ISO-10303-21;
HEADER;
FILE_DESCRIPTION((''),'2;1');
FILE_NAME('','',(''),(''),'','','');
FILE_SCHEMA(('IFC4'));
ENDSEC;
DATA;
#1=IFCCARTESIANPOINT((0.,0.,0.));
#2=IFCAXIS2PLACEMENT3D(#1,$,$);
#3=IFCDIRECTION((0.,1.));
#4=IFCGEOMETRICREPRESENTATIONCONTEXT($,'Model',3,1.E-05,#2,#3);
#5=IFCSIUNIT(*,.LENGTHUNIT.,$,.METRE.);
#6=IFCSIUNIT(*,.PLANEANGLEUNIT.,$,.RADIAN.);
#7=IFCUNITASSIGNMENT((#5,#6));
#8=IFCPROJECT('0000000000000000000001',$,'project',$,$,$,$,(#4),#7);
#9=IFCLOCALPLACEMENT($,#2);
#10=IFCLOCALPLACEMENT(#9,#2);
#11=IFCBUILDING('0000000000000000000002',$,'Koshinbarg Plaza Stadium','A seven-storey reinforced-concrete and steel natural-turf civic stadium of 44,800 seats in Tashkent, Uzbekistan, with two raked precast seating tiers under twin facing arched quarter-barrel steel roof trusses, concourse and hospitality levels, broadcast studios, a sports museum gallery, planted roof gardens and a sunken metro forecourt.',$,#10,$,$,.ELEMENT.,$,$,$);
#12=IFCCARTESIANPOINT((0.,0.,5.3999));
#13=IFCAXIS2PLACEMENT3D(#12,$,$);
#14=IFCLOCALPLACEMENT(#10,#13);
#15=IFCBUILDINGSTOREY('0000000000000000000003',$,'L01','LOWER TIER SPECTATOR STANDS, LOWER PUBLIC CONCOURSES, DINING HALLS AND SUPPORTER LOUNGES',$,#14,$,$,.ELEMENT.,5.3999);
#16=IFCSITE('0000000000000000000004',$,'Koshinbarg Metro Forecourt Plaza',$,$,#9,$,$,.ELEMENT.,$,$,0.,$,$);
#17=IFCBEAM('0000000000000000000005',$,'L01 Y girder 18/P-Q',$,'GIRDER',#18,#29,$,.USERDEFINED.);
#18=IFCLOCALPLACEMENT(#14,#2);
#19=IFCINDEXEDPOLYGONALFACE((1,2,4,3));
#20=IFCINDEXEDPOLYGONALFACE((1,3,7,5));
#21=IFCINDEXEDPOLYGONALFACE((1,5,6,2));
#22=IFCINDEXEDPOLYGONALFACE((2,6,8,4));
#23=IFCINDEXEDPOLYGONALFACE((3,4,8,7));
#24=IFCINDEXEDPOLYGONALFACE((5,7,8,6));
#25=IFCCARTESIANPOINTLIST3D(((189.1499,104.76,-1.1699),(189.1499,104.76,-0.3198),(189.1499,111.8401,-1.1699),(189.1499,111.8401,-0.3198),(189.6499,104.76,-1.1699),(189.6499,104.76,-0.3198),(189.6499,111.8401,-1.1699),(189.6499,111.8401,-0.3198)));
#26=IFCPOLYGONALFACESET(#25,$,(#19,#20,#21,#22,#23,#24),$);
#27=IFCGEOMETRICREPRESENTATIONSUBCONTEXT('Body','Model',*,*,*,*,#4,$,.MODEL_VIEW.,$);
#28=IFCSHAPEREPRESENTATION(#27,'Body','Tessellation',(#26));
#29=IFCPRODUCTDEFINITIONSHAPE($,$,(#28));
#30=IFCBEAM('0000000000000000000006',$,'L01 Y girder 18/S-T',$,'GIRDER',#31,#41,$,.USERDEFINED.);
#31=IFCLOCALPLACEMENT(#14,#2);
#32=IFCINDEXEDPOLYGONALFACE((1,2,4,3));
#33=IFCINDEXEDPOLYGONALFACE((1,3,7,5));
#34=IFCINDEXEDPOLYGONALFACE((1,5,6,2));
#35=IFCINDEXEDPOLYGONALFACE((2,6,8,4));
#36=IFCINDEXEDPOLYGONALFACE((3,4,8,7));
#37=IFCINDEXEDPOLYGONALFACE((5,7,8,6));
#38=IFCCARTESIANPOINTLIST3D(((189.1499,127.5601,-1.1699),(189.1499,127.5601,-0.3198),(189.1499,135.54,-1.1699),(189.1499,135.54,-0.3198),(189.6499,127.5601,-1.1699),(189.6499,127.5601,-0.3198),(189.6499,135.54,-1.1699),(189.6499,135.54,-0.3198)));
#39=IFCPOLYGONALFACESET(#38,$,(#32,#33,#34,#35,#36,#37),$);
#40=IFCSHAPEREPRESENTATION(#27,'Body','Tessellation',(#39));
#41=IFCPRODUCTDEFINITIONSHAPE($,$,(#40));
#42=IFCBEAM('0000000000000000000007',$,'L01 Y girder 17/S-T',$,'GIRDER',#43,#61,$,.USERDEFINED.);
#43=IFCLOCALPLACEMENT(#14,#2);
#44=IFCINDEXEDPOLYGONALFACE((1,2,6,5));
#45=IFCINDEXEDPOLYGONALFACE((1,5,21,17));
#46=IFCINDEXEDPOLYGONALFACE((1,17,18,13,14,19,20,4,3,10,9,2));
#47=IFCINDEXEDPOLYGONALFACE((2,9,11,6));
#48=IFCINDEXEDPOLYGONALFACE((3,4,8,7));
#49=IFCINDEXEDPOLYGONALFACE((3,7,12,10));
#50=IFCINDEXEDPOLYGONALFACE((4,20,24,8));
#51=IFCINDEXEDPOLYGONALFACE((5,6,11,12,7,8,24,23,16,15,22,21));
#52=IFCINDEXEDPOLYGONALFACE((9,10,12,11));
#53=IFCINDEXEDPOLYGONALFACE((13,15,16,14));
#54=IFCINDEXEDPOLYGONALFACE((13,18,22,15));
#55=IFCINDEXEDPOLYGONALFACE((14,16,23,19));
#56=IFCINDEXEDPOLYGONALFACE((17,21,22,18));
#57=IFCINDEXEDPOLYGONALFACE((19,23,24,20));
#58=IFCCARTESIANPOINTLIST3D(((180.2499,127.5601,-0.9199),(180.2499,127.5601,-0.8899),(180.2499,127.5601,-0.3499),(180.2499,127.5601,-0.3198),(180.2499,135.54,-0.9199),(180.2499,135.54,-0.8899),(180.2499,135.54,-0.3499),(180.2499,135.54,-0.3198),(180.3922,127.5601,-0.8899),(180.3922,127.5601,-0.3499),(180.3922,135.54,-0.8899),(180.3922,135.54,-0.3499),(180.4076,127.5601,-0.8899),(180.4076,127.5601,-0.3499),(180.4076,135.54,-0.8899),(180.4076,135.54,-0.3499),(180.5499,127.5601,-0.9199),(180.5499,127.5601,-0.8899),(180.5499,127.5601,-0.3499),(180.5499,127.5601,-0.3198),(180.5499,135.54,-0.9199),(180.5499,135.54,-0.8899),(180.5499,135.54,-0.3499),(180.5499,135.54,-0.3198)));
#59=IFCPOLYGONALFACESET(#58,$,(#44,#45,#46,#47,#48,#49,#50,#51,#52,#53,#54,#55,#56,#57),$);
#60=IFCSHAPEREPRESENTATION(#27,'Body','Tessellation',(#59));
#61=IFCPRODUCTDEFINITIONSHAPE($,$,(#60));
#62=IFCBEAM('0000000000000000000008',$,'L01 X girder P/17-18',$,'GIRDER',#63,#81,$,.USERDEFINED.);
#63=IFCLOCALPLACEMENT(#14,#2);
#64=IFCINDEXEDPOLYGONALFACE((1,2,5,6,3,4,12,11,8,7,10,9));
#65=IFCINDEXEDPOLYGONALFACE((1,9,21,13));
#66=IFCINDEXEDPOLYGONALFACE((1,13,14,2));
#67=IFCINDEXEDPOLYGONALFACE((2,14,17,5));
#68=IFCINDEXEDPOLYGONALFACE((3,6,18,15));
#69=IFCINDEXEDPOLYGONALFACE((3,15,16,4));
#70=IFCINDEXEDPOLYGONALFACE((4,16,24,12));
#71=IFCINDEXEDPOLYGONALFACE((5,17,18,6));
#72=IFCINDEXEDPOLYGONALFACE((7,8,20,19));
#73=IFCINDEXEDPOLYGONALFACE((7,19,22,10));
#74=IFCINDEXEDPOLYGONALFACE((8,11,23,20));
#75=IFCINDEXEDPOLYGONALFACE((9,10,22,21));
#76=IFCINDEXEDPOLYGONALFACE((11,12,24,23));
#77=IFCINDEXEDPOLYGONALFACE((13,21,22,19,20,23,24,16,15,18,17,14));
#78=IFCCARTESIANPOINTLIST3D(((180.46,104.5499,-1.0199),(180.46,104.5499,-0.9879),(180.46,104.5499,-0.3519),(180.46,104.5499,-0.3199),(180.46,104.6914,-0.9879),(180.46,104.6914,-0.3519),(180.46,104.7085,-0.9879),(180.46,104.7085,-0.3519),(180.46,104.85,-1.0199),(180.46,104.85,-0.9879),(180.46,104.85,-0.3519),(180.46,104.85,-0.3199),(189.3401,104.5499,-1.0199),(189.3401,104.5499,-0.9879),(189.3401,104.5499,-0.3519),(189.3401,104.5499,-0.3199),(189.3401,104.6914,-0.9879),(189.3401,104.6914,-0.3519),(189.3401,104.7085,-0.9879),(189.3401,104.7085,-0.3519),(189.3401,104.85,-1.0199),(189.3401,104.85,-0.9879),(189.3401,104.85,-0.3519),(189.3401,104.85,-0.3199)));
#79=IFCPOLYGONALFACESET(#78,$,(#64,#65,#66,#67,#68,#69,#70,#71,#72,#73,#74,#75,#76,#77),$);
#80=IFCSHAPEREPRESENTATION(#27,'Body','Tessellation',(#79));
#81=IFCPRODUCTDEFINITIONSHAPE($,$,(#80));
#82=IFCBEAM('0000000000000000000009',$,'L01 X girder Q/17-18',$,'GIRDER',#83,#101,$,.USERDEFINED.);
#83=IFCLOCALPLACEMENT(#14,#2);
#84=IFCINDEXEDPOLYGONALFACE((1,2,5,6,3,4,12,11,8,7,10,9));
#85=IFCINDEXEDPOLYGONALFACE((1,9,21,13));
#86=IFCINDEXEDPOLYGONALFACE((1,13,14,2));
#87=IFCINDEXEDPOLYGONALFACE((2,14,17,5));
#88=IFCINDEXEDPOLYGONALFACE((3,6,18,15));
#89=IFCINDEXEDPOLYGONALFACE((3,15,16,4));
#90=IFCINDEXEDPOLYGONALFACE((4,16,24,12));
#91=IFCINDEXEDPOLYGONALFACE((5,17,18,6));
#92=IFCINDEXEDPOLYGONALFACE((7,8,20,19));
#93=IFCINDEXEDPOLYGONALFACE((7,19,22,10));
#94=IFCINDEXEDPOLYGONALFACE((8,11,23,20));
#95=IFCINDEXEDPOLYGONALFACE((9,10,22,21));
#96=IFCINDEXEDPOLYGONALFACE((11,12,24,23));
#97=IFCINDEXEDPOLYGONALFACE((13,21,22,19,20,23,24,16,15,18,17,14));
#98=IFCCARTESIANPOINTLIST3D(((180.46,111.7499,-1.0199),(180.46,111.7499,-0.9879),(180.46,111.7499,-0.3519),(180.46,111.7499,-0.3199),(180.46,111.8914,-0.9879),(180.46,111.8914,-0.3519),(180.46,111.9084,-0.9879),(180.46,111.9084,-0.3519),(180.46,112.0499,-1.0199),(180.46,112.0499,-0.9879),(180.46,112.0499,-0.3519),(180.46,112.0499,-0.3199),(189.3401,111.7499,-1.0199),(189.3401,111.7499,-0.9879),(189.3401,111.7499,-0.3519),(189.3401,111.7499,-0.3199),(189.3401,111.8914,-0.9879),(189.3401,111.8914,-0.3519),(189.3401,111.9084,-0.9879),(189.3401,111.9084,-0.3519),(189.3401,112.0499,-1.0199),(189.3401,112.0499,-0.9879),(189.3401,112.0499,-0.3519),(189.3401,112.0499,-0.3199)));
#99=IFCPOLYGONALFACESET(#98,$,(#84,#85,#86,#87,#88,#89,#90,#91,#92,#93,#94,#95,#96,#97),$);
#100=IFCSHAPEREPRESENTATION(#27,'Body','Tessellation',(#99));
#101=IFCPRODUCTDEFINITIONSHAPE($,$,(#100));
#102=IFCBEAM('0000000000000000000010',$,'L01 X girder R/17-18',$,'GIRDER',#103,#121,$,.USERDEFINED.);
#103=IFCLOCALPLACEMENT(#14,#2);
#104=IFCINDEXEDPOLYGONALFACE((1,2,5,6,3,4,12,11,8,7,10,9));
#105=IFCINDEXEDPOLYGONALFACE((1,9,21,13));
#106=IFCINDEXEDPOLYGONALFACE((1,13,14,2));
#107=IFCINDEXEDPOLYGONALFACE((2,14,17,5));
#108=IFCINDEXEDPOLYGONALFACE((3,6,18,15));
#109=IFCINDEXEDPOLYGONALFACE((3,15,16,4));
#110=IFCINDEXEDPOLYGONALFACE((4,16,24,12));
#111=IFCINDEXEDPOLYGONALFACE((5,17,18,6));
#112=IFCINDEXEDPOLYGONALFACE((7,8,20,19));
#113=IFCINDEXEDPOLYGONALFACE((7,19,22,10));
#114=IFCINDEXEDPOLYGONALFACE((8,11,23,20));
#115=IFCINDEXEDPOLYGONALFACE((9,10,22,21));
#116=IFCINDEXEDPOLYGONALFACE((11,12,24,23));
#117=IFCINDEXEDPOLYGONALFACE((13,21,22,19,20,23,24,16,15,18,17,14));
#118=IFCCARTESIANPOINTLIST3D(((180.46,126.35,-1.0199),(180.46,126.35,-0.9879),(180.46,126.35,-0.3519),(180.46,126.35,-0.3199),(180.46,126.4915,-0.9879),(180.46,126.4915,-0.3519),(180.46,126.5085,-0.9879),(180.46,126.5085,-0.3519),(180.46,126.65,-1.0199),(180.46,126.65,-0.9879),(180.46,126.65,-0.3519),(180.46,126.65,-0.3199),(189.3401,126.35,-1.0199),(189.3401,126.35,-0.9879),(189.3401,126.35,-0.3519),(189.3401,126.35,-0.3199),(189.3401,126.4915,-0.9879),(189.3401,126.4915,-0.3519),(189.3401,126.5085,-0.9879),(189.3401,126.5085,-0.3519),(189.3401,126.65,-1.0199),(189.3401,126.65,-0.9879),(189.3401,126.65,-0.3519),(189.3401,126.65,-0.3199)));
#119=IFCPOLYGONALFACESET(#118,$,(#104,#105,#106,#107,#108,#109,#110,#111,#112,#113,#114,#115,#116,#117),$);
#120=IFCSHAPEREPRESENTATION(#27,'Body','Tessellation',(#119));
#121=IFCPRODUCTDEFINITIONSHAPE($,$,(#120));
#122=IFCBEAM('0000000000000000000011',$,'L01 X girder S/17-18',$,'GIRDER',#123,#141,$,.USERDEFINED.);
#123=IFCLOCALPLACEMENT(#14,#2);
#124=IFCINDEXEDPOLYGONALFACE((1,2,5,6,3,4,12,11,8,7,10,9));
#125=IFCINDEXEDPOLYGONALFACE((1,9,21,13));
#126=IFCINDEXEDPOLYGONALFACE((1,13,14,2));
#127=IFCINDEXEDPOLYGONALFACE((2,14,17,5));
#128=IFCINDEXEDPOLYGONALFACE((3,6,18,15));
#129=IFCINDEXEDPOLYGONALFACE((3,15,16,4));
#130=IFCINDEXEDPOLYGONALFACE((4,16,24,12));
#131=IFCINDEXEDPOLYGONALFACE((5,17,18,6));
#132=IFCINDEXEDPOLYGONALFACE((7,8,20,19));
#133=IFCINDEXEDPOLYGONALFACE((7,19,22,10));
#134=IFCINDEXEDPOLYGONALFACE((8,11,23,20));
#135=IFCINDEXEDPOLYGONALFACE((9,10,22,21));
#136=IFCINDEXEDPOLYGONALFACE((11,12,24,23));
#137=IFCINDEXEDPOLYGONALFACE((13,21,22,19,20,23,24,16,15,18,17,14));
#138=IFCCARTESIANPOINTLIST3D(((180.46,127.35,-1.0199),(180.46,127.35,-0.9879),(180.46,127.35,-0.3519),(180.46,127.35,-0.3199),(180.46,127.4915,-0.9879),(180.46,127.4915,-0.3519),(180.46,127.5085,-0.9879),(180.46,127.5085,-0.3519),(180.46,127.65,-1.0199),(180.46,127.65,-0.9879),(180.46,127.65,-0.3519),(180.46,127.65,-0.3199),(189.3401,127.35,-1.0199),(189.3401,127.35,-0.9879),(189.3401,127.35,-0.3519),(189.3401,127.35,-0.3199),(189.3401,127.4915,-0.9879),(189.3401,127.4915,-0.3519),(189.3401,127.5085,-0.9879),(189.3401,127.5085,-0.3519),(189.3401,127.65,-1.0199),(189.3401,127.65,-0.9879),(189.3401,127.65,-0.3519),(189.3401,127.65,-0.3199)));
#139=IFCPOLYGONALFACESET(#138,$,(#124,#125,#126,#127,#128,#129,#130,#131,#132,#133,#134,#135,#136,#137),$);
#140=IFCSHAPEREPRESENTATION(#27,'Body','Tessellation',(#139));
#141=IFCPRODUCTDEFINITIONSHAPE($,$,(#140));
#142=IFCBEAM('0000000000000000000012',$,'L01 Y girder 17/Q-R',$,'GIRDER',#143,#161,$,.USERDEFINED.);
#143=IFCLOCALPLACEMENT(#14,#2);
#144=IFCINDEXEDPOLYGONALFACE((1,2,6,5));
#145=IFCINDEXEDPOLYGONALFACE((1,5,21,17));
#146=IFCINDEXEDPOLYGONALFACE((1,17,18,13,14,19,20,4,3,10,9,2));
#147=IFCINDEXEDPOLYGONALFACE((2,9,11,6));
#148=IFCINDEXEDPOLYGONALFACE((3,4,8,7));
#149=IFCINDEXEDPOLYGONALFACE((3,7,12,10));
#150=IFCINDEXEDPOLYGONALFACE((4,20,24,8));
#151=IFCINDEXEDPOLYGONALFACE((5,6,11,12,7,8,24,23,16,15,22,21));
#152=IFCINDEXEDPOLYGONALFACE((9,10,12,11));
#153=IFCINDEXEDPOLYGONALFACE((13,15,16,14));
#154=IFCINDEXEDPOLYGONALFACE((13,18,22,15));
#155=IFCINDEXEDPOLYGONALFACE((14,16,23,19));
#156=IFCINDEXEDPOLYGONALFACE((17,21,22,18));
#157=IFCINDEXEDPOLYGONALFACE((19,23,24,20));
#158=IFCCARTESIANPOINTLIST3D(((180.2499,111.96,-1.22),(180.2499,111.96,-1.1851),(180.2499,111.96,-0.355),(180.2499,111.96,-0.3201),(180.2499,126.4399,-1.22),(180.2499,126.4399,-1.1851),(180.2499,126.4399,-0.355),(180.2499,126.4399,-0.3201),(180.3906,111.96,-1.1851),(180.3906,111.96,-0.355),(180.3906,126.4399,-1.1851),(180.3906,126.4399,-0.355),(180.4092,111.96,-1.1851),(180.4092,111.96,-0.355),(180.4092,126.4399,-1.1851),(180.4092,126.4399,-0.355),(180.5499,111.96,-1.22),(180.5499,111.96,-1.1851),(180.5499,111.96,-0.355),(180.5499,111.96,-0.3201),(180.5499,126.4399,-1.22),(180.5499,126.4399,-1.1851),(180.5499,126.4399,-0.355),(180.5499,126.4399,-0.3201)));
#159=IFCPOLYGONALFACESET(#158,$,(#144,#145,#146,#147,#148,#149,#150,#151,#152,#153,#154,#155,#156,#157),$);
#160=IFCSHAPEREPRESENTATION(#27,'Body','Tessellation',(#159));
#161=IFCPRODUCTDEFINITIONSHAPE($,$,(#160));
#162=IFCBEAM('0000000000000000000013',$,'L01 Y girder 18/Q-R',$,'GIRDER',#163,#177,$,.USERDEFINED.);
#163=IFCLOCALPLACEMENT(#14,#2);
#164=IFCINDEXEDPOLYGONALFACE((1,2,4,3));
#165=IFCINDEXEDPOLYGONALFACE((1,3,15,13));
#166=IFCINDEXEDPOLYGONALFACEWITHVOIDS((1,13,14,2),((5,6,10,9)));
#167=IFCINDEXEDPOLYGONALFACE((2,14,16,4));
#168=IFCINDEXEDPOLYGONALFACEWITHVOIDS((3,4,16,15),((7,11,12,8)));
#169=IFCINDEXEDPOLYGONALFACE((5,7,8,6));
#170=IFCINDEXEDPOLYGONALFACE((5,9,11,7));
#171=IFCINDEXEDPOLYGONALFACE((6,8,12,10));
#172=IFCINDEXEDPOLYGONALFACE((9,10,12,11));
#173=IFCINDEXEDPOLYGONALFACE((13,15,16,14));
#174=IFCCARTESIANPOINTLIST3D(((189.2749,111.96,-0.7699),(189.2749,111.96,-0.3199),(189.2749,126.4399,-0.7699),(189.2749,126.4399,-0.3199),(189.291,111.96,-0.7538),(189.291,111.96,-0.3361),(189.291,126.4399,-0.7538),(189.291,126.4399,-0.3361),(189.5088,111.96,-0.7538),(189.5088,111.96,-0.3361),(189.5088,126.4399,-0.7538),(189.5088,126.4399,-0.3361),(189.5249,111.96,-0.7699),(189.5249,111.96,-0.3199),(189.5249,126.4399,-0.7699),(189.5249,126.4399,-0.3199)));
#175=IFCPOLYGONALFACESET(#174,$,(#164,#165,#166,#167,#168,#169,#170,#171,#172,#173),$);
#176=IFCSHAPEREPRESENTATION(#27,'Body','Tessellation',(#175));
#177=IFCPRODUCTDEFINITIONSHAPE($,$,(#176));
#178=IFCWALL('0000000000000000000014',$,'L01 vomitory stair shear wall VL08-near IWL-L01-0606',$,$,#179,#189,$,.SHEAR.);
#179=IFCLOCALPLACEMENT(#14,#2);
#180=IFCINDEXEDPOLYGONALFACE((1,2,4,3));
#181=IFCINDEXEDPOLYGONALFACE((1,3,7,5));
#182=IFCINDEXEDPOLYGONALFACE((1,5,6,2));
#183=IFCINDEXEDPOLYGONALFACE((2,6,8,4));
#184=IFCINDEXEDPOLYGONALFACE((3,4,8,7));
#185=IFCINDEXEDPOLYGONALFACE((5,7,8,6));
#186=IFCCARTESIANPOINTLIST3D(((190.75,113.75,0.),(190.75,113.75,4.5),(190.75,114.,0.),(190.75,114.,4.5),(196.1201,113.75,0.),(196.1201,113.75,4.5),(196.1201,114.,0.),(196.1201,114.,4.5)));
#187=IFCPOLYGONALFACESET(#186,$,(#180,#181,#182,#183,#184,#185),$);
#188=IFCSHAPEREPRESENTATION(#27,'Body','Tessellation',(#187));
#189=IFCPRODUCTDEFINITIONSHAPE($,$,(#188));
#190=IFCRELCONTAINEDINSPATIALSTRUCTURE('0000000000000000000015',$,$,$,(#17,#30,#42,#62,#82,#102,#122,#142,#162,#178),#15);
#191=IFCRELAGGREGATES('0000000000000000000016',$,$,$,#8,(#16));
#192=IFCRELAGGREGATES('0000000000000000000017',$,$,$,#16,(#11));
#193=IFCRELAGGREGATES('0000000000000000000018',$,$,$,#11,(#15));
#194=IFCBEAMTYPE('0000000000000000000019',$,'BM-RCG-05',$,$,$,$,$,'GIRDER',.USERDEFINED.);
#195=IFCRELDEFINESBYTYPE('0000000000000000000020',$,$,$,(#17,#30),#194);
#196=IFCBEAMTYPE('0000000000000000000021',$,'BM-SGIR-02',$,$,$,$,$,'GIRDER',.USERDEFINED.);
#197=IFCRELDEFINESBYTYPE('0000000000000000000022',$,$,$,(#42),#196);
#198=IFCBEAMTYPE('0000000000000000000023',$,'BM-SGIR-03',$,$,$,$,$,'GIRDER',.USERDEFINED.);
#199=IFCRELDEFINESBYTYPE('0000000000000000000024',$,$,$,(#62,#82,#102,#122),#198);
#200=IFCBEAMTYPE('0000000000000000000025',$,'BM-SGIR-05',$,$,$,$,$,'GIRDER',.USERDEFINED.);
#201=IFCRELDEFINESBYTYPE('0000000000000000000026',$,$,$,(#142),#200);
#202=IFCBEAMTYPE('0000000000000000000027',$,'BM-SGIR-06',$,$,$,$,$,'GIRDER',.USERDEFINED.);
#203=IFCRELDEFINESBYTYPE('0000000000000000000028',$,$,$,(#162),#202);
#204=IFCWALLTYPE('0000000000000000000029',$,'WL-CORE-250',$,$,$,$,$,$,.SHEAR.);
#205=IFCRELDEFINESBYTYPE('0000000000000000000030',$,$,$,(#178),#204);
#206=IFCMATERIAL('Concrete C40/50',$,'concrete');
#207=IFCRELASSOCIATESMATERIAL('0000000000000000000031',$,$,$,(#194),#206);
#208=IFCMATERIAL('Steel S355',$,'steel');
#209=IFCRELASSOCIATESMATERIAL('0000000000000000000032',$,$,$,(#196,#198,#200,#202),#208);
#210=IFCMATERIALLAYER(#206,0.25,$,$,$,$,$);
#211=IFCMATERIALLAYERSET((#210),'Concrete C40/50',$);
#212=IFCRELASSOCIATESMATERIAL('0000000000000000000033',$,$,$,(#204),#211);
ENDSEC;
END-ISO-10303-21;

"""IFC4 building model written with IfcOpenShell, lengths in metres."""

from ifc_helpers import new_model, si_unit, direction, frame, frame_2d, origin, origin_2d, place, context, subcontext, project, spatial, rectangle, hollow_rectangle, i_section, extrude, material, layer, layer_set, material_profile, profile_set, type_object, element, save


model = new_model("IFC4")

# Units and contexts
model_context = context("Model", 3, precision=1e-05, world=origin(), true_north=direction((0.0, 1.0)))
body_context = subcontext(model_context, "Body", "Model", "MODEL_VIEW")
ifc_project = project(units=[si_unit("LENGTHUNIT", "METRE"), si_unit("PLANEANGLEUNIT", "RADIAN")], contexts=[model_context])

# Site, building, storey
site_placement = place(None, origin())
site = spatial("IfcSite", under=ifc_project, at=site_placement, Name="Koshinbarg Metro Forecourt Plaza", CompositionType="ELEMENT", RefElevation=0.0)
building_placement = place(site_placement, origin())
building = spatial("IfcBuilding", under=site, at=building_placement, Name="Koshinbarg Plaza Stadium", Description="A seven-storey reinforced-concrete and steel natural-turf civic stadium of 44,800 seats in Tashkent, Uzbekistan, with two raked precast seating tiers under twin facing arched quarter-barrel steel roof trusses, concourse and hospitality levels, broadcast studios, a sports museum gallery, planted roof gardens and a sunken metro forecourt.", CompositionType="ELEMENT")
storey_placement = place(building_placement, frame((0.0, 0.0, 5.3999)))
storey = spatial("IfcBuildingStorey", under=building, at=storey_placement, Name="L01", Description="LOWER TIER SPECTATOR STANDS, LOWER PUBLIC CONCOURSES, DINING HALLS AND SUPPORTER LOUNGES", CompositionType="ELEMENT", Elevation=5.3999)

# Shared definitions
ifc_material_1 = material(Name="Concrete C40/50", Category="concrete")

# Beams
ifc_material_profile_1 = material_profile(ifc_material_1, rectangle(XDim=0.5, YDim=0.8501, at=origin_2d()), Name="RC 500x850")
ifc_profile_set_1 = profile_set([ifc_material_profile_1], Name="Concrete C40/50")
beam_type_1 = type_object("IfcBeamType", Name="BM-RCG-05", ElementType="GIRDER", PredefinedType="USERDEFINED", material=ifc_profile_set_1)
beam_1_placement = place(storey_placement, frame((189.3999, 104.76, -0.7449), z_axis=(0.0, 1.0, 0.0), x_axis=(-1.0, 0.0, 0.0)))
element("IfcBeam", 1, at=beam_1_placement, inside=storey, type_object=beam_type_1, Name="L01 Y girder 18/P-Q", ObjectType="GIRDER", PredefinedType="USERDEFINED", context=body_context, shape_type="SweptSolid", body=[
    extrude(rectangle(XDim=0.5, YDim=0.8501, at=origin_2d()), origin(), (0.0, 0.0, 1.0), 7.0801),
])
beam_2_placement = place(storey_placement, frame((189.3999, 127.5601, -0.7449), z_axis=(0.0, 1.0, 0.0), x_axis=(-1.0, 0.0, 0.0)))
element("IfcBeam", 2, at=beam_2_placement, inside=storey, type_object=beam_type_1, Name="L01 Y girder 18/S-T", ObjectType="GIRDER", PredefinedType="USERDEFINED", context=body_context, shape_type="SweptSolid", body=[
    extrude(rectangle(XDim=0.5, YDim=0.8501, at=origin_2d()), origin(), (0.0, 0.0, 1.0), 7.98),
])
ifc_material_2 = material(Name="Steel S355", Category="steel")
ifc_material_profile_2 = material_profile(ifc_material_2, i_section(OverallWidth=0.3, OverallDepth=0.6001, WebThickness=0.0154, FlangeThickness=0.03, at=origin_2d()), Name="HEB 600")
ifc_profile_set_2 = profile_set([ifc_material_profile_2], Name="Steel S355")
beam_type_2 = type_object("IfcBeamType", Name="BM-SGIR-02", ElementType="GIRDER", PredefinedType="USERDEFINED", material=ifc_profile_set_2)
beam_3_placement = place(storey_placement, frame((180.3999, 127.5601, -0.6199), z_axis=(0.0, 1.0, 0.0), x_axis=(-1.0, 0.0, 0.0)))
element("IfcBeam", 3, at=beam_3_placement, inside=storey, type_object=beam_type_2, Name="L01 Y girder 17/S-T", ObjectType="GIRDER", PredefinedType="USERDEFINED", context=body_context, shape_type="SweptSolid", body=[
    extrude(i_section(OverallWidth=0.3, OverallDepth=0.6001, WebThickness=0.0154, FlangeThickness=0.03, at=origin_2d()), origin(), (0.0, 0.0, 1.0), 7.98),
])
ifc_material_profile_3 = material_profile(ifc_material_2, i_section(OverallWidth=0.3, OverallDepth=0.7, WebThickness=0.0171, FlangeThickness=0.032, at=origin_2d()), Name="HEB 700")
ifc_profile_set_3 = profile_set([ifc_material_profile_3], Name="Steel S355")
beam_type_3 = type_object("IfcBeamType", Name="BM-SGIR-03", ElementType="GIRDER", PredefinedType="USERDEFINED", material=ifc_profile_set_3)
for number, where, z_axis, x_axis, name in (
    (4, (180.46, 104.7, -0.6699), (1.0, 0.0, 0.0), (0.0, 1.0, 0.0), "L01 X girder P/17-18"),
    (5, (180.46, 111.8999, -0.6699), (1.0, 0.0, 0.0), (0.0, 1.0, 0.0), "L01 X girder Q/17-18"),
    (6, (180.46, 126.5, -0.6699), (1.0, 0.0, 0.0), (0.0, 1.0, 0.0), "L01 X girder R/17-18"),
    (7, (180.46, 127.5, -0.6699), (1.0, 0.0, 0.0), (0.0, 1.0, 0.0), "L01 X girder S/17-18"),
):
    element("IfcBeam", number, at=place(storey_placement, frame(where, z_axis=z_axis, x_axis=x_axis)), inside=storey, type_object=beam_type_3, Name=name, ObjectType="GIRDER", PredefinedType="USERDEFINED", context=body_context, shape_type="SweptSolid", body=[
        extrude(i_section(OverallWidth=0.3, OverallDepth=0.7, WebThickness=0.0171, FlangeThickness=0.032, at=origin_2d()), origin(), (0.0, 0.0, 1.0), 8.8801),
    ])
ifc_material_profile_4 = material_profile(ifc_material_2, i_section(OverallWidth=0.3, OverallDepth=0.8999, WebThickness=0.0186, FlangeThickness=0.0349, at=origin_2d()), Name="HEB 900")
ifc_profile_set_4 = profile_set([ifc_material_profile_4], Name="Steel S355")
beam_type_4 = type_object("IfcBeamType", Name="BM-SGIR-05", ElementType="GIRDER", PredefinedType="USERDEFINED", material=ifc_profile_set_4)
beam_4_placement = place(storey_placement, frame((180.3999, 111.96, -0.77), z_axis=(0.0, 1.0, 0.0), x_axis=(-1.0, 0.0, 0.0)))
element("IfcBeam", 8, at=beam_4_placement, inside=storey, type_object=beam_type_4, Name="L01 Y girder 17/Q-R", ObjectType="GIRDER", PredefinedType="USERDEFINED", context=body_context, shape_type="SweptSolid", body=[
    extrude(i_section(OverallWidth=0.3, OverallDepth=0.8999, WebThickness=0.0186, FlangeThickness=0.0349, at=origin_2d()), origin(), (0.0, 0.0, 1.0), 14.48),
])
ifc_material_profile_5 = material_profile(ifc_material_2, hollow_rectangle(XDim=0.25, YDim=0.45, WallThickness=0.0161, at=origin_2d()), Name="RHS 450x250x16")
ifc_profile_set_5 = profile_set([ifc_material_profile_5], Name="Steel S355")
beam_type_5 = type_object("IfcBeamType", Name="BM-SGIR-06", ElementType="GIRDER", PredefinedType="USERDEFINED", material=ifc_profile_set_5)
beam_5_placement = place(storey_placement, frame((189.3999, 111.96, -0.5449), z_axis=(0.0, 1.0, 0.0), x_axis=(-1.0, 0.0, 0.0)))
element("IfcBeam", 9, at=beam_5_placement, inside=storey, type_object=beam_type_5, Name="L01 Y girder 18/Q-R", ObjectType="GIRDER", PredefinedType="USERDEFINED", context=body_context, shape_type="SweptSolid", body=[
    extrude(hollow_rectangle(XDim=0.25, YDim=0.45, WallThickness=0.0161, at=origin_2d()), origin(), (0.0, 0.0, 1.0), 14.48),
])

# Wall
ifc_layer = layer(ifc_material_1, 0.25)
ifc_layer_set = layer_set([ifc_layer], Name="Concrete C40/50")
wall_type = type_object("IfcWallType", Name="WL-CORE-250", PredefinedType="SHEAR", material=ifc_layer_set)
wall_1_placement = place(storey_placement, frame((190.75, 113.875, 0.0), z_axis=(0.0, 0.0, 1.0), x_axis=(1.0, 0.0, 0.0)))
element("IfcWall", 10, at=wall_1_placement, inside=storey, type_object=wall_type, Name="L01 vomitory stair shear wall VL08-near IWL-L01-0606", PredefinedType="SHEAR", context=body_context, shape_type="SweptSolid", body=[
    extrude(rectangle(XDim=5.3701, YDim=0.25, at=frame_2d((2.6851, 0.0))), origin(), (0.0, 0.0, 1.0), 4.5),
])

save(model, "model.ifc")
